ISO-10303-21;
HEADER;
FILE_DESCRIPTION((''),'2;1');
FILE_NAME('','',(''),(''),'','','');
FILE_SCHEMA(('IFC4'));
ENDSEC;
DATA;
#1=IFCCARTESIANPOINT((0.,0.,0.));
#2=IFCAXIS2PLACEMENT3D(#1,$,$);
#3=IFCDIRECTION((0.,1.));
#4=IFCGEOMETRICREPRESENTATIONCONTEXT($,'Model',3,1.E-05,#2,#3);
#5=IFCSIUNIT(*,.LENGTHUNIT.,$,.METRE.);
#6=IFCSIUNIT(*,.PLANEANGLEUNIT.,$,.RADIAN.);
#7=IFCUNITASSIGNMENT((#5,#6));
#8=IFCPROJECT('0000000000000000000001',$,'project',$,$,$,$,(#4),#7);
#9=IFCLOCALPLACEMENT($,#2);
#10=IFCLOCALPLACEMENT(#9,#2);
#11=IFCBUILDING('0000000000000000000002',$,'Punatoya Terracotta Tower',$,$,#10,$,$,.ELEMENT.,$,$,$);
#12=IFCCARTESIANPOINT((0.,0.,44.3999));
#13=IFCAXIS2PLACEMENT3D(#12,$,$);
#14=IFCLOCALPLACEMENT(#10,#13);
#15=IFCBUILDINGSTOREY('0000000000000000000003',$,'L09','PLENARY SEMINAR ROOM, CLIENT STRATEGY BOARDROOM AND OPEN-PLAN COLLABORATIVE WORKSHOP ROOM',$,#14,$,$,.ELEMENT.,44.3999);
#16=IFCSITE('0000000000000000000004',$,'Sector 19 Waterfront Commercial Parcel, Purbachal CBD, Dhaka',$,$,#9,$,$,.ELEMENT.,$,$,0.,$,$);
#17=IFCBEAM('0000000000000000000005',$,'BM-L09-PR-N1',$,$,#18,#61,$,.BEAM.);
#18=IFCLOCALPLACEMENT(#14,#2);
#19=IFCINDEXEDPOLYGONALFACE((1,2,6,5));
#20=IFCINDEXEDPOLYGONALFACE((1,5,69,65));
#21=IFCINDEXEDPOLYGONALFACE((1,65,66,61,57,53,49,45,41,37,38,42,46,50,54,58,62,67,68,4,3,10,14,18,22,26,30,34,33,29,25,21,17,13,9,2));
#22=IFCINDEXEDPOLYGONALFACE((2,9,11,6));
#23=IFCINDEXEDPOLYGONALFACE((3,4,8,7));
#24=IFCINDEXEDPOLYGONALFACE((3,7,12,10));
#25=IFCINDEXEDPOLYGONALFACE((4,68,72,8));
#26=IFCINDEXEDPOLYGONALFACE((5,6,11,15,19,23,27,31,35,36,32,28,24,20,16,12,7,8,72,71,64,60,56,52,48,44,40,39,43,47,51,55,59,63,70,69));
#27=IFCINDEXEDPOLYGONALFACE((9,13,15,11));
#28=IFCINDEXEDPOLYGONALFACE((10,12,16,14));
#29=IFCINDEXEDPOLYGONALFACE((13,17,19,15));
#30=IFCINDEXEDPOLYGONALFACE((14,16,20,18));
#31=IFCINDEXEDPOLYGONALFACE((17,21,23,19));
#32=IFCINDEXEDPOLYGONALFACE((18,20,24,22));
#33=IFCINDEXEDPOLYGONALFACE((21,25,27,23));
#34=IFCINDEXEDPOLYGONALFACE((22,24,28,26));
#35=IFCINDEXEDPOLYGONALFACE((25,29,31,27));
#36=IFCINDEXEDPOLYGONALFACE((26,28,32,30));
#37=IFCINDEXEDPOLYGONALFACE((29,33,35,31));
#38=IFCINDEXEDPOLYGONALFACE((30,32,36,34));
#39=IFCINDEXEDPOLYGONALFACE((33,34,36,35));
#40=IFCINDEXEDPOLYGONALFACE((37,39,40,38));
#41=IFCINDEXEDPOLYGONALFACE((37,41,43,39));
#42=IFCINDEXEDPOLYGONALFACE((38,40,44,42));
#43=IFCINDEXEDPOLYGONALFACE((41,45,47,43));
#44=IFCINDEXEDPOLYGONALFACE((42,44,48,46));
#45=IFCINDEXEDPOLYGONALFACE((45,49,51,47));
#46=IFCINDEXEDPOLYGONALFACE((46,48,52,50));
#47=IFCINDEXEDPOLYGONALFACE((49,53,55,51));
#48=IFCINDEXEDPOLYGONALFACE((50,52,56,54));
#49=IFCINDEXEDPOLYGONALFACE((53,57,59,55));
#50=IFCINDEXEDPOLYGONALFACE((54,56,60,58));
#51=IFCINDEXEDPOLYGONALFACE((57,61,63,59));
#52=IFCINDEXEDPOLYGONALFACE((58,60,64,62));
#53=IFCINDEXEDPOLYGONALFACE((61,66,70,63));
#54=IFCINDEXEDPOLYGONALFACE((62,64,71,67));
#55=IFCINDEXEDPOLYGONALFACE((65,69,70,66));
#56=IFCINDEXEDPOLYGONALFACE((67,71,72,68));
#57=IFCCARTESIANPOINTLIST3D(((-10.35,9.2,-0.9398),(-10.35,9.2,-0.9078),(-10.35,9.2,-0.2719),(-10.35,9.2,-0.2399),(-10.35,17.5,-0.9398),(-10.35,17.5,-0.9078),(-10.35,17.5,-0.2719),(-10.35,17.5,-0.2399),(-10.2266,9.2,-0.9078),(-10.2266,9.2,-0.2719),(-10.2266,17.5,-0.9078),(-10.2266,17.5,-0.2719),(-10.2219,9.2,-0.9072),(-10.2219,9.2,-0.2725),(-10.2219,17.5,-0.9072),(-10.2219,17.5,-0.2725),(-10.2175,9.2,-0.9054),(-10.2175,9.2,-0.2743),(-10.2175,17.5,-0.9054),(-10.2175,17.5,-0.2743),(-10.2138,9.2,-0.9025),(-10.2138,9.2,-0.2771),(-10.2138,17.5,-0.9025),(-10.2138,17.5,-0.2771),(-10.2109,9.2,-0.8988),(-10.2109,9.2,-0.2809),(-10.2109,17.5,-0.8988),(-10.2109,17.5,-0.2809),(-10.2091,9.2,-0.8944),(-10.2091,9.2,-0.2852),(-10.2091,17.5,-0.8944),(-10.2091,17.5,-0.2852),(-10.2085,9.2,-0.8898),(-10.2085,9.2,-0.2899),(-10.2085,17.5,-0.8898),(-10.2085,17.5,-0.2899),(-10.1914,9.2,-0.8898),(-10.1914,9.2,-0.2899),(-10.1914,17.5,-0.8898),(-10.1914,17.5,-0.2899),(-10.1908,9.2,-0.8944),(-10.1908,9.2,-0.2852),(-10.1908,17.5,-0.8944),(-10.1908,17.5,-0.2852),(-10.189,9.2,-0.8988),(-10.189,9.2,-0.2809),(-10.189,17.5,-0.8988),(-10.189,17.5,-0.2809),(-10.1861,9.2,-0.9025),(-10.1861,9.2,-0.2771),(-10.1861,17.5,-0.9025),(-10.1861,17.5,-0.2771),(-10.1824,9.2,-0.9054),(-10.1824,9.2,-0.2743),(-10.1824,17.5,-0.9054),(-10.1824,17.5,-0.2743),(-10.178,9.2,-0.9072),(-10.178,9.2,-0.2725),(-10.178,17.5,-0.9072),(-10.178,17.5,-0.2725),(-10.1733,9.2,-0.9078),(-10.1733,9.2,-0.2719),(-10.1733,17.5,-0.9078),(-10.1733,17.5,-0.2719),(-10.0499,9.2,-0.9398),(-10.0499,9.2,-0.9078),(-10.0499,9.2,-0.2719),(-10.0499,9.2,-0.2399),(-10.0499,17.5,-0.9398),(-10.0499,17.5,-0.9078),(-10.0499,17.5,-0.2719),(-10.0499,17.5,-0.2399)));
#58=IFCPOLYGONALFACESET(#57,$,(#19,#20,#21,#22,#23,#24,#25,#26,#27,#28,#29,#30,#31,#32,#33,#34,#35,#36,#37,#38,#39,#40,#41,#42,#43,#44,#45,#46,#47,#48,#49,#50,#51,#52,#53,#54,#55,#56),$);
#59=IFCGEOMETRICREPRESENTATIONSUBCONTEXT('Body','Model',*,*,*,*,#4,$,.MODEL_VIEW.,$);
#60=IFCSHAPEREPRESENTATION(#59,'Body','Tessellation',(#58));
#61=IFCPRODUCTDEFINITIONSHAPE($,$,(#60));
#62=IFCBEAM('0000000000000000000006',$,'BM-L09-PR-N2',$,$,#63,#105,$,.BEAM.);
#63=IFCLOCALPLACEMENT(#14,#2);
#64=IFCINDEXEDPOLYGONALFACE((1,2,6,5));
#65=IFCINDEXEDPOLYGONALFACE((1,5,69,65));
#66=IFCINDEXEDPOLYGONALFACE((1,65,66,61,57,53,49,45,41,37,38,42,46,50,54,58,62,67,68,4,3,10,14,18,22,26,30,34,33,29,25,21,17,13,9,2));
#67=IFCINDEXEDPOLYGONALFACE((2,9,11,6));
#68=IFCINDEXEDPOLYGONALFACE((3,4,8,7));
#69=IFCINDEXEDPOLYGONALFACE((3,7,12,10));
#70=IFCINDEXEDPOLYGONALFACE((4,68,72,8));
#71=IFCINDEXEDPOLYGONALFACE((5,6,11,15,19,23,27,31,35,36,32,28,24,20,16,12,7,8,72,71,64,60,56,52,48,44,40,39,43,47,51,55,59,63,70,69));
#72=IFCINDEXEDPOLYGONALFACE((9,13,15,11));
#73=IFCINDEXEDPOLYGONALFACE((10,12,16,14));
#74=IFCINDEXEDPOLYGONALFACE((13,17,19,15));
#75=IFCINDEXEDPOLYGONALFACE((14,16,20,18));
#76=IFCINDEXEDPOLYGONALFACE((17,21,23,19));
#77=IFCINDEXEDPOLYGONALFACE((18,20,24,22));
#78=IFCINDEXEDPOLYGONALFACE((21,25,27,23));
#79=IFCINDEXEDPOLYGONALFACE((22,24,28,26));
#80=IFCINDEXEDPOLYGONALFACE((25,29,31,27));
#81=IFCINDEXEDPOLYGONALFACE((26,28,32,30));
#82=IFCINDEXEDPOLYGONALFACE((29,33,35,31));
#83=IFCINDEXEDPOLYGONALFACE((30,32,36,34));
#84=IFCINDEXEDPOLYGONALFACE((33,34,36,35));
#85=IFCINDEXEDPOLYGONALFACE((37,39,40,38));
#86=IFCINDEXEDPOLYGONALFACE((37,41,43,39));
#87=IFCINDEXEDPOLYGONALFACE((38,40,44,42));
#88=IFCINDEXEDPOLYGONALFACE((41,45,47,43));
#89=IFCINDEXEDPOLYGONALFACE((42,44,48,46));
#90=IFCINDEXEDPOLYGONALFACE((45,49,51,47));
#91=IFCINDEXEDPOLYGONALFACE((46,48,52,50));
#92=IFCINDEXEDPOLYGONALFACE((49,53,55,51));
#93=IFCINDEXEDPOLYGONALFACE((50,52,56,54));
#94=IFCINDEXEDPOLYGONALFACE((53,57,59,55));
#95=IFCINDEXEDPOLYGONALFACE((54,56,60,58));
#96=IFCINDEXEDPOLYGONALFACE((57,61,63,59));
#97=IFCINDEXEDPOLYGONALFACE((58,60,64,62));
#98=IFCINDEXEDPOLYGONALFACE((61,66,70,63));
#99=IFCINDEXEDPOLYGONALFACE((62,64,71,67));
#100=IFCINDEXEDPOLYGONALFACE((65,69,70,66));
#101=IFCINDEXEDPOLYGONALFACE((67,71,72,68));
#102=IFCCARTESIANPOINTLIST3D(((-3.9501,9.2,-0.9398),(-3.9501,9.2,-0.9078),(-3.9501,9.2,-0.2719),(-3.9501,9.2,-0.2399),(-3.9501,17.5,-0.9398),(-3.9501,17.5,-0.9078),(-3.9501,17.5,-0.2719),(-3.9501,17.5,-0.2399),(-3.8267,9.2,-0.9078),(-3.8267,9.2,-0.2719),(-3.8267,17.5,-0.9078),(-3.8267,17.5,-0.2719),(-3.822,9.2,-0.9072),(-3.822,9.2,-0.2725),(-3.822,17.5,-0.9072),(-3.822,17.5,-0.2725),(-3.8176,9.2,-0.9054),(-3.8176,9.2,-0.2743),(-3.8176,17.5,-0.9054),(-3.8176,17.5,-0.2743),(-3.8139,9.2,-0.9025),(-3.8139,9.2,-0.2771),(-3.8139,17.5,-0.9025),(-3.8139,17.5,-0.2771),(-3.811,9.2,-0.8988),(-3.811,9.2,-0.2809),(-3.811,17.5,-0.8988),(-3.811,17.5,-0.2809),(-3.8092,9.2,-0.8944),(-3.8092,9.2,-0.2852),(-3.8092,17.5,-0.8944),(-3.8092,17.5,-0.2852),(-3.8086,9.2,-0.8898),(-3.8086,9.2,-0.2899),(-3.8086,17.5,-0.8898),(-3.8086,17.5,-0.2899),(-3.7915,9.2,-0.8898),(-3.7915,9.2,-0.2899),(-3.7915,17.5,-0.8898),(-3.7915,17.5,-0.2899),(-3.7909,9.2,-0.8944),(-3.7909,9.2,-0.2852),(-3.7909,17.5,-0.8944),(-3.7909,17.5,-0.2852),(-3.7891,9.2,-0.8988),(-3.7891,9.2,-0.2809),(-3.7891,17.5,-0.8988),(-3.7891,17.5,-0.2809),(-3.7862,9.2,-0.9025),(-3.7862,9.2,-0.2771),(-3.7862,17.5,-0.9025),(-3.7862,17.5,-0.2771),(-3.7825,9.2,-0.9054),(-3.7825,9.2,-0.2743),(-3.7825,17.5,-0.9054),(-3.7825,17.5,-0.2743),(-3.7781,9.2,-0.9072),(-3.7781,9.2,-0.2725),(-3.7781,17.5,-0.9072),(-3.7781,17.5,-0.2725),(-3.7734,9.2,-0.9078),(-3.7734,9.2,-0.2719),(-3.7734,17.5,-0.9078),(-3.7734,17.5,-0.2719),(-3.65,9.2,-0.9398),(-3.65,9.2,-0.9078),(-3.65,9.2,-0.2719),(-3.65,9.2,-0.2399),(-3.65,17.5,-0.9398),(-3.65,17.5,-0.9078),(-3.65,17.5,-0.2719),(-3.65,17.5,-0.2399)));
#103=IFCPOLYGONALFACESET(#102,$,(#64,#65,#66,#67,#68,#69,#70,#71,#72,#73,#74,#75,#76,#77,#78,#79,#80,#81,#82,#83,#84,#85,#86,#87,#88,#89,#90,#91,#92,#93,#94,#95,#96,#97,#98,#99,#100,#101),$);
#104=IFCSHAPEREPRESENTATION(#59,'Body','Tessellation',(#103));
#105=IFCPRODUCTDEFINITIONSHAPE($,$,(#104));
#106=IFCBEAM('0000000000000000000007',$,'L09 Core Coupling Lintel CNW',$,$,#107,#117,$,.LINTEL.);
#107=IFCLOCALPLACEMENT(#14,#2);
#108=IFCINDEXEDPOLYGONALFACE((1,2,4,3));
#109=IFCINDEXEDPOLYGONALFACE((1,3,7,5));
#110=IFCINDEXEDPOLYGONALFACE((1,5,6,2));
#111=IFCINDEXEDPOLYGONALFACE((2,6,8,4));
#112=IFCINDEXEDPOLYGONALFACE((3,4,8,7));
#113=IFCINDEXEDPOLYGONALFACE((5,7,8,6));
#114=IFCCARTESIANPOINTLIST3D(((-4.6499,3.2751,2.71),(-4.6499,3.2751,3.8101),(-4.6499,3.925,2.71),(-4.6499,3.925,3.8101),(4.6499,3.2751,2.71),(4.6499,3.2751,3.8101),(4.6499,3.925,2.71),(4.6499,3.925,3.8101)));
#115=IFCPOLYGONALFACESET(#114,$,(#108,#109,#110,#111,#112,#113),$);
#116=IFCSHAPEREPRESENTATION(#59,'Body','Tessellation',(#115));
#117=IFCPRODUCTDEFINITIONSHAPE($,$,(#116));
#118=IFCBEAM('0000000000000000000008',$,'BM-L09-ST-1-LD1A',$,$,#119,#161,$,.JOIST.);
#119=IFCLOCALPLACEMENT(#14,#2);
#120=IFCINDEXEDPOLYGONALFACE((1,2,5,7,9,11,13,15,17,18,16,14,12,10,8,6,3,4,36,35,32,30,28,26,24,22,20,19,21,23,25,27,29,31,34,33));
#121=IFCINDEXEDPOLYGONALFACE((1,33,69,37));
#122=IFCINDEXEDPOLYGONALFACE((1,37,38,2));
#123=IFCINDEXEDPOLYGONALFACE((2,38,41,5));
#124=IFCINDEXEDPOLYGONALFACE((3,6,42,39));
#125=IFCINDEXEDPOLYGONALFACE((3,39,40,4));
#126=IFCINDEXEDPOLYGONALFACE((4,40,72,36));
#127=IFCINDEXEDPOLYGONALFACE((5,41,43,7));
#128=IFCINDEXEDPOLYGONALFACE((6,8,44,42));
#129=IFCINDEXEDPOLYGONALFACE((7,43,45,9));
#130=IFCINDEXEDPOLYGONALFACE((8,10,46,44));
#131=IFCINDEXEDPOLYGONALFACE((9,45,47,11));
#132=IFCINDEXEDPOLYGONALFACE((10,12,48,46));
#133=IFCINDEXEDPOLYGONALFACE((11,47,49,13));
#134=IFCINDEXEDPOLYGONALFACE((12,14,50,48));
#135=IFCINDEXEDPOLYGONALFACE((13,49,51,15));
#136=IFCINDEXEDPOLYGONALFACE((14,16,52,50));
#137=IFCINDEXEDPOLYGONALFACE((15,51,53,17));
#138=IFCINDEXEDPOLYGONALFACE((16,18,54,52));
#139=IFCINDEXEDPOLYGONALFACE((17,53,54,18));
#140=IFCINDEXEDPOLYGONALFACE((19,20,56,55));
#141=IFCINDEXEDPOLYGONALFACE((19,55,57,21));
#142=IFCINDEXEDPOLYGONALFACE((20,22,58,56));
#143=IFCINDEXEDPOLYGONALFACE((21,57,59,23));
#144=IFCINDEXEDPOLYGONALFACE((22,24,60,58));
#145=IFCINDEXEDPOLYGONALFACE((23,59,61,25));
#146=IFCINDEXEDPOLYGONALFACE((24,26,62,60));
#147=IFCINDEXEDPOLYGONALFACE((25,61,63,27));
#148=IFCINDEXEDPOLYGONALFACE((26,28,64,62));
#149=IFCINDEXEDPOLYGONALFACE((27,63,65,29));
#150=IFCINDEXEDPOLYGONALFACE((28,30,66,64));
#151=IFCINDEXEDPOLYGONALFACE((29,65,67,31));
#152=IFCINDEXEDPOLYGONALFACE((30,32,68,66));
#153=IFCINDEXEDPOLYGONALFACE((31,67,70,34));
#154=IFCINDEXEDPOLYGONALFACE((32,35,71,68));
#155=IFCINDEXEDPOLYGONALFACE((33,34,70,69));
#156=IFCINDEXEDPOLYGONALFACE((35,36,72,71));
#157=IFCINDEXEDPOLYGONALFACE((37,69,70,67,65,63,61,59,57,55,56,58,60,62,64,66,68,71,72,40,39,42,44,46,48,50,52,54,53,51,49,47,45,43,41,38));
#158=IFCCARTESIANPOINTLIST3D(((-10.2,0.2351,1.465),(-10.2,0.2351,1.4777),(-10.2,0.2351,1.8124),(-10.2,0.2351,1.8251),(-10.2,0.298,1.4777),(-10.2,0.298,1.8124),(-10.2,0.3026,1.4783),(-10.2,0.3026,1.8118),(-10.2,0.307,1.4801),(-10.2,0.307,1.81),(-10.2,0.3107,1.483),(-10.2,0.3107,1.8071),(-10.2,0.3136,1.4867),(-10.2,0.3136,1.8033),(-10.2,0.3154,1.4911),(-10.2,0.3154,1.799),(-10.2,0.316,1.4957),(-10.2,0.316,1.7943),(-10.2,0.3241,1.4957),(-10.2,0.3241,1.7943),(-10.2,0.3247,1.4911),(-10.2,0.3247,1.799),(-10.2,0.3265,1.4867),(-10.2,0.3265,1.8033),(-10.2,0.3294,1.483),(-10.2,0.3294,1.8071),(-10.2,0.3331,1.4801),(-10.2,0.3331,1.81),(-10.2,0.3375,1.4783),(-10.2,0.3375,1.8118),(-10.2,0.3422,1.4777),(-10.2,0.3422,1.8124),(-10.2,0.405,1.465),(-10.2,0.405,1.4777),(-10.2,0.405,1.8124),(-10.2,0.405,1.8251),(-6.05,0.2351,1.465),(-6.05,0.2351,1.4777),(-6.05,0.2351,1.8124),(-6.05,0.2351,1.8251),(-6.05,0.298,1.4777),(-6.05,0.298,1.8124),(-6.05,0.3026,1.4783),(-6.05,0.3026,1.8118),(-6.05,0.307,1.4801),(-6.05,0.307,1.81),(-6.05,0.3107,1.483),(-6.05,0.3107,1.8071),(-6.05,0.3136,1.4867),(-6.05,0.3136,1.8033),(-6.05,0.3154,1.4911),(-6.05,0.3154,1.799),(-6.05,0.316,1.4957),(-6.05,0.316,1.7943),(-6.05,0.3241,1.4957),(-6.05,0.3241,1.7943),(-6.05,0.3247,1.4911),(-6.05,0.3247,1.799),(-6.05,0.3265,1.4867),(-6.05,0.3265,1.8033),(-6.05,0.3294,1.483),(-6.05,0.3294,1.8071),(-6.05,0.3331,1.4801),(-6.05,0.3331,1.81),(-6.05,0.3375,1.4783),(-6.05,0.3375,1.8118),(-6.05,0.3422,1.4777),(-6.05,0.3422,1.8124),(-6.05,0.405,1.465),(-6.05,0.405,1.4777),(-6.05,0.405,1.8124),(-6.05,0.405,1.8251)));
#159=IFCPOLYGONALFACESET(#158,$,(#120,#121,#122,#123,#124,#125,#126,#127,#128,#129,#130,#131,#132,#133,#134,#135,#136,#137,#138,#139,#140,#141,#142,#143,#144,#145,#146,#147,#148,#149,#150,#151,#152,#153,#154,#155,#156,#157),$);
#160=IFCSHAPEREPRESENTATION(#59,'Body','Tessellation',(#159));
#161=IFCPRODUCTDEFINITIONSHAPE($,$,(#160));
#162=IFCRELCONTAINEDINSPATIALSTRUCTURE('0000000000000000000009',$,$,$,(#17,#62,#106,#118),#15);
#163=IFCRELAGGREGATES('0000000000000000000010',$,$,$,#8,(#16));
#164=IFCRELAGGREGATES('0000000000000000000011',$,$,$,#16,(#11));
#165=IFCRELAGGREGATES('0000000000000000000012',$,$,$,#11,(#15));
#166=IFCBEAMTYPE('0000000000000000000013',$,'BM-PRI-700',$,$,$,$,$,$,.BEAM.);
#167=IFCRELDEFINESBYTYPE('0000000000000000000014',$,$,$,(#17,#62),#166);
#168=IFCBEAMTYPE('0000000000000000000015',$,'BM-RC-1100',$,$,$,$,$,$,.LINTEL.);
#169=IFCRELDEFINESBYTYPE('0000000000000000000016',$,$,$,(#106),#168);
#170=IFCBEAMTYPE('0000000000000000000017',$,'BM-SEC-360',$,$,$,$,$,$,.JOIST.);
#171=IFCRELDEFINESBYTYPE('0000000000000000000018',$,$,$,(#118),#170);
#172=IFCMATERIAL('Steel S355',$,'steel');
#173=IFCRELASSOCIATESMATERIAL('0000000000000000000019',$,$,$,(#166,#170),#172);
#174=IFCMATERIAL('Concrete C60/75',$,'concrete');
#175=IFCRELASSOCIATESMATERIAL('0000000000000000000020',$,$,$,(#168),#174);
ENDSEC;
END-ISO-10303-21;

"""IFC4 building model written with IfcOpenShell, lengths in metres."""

from ifc_helpers import new_model, si_unit, direction, frame, origin, origin_2d, place, context, subcontext, project, spatial, rectangle, i_section, extrude, material, material_profile, profile_set, type_object, element, save


model = new_model("IFC4")

# Units and contexts
model_context = context("Model", 3, precision=1e-05, world=origin(), true_north=direction((0.0, 1.0)))
body_context = subcontext(model_context, "Body", "Model", "MODEL_VIEW")
ifc_project = project(units=[si_unit("LENGTHUNIT", "METRE"), si_unit("PLANEANGLEUNIT", "RADIAN")], contexts=[model_context])

# Site, building, storey
site_placement = place(None, origin())
site = spatial("IfcSite", under=ifc_project, at=site_placement, Name="Sector 19 Waterfront Commercial Parcel, Purbachal CBD, Dhaka", CompositionType="ELEMENT", RefElevation=0.0)
building_placement = place(site_placement, origin())
building = spatial("IfcBuilding", under=site, at=building_placement, Name="Punatoya Terracotta Tower", CompositionType="ELEMENT")
storey_placement = place(building_placement, frame((0.0, 0.0, 44.3999)))
storey = spatial("IfcBuildingStorey", under=building, at=storey_placement, Name="L09", Description="PLENARY SEMINAR ROOM, CLIENT STRATEGY BOARDROOM AND OPEN-PLAN COLLABORATIVE WORKSHOP ROOM", CompositionType="ELEMENT", Elevation=44.3999)

# Beams
ifc_material_1 = material(Name="Steel S355", Category="steel")
ifc_material_profile_1 = material_profile(ifc_material_1, i_section(OverallWidth=0.3, OverallDepth=0.7, WebThickness=0.0171, FlangeThickness=0.032, FilletRadius=0.0181, at=origin_2d()))
ifc_profile_set_1 = profile_set([ifc_material_profile_1], Name="Steel S355")
beam_type_1 = type_object("IfcBeamType", Name="BM-PRI-700", PredefinedType="BEAM", material=ifc_profile_set_1)
for number, where, z_axis, x_axis, name in (
    (1, (-10.2, 9.2, -0.5898), (0.0, 1.0, 0.0), (-1.0, 0.0, 0.0), "BM-L09-PR-N1"),
    (2, (-3.8, 9.2, -0.5898), (0.0, 1.0, 0.0), (-1.0, 0.0, 0.0), "BM-L09-PR-N2"),
):
    element("IfcBeam", number, at=place(storey_placement, frame(where, z_axis=z_axis, x_axis=x_axis)), inside=storey, type_object=beam_type_1, Name=name, PredefinedType="BEAM", context=body_context, shape_type="SweptSolid", body=[
        extrude(i_section(OverallWidth=0.3, OverallDepth=0.7, WebThickness=0.0171, FlangeThickness=0.032, FilletRadius=0.0181, at=origin_2d()), origin(), (0.0, 0.0, 1.0), 8.3),
    ])
ifc_material_2 = material(Name="Concrete C60/75", Category="concrete")
ifc_material_profile_2 = material_profile(ifc_material_2, rectangle(XDim=0.6499, YDim=1.1001, at=origin_2d()))
ifc_profile_set_2 = profile_set([ifc_material_profile_2], Name="Concrete C60/75")
beam_type_2 = type_object("IfcBeamType", Name="BM-RC-1100", PredefinedType="LINTEL", material=ifc_profile_set_2)
beam_1_placement = place(storey_placement, frame((-4.6499, 3.6001, 3.26), z_axis=(1.0, 0.0, 0.0), x_axis=(0.0, 1.0, 0.0)))
element("IfcBeam", 3, at=beam_1_placement, inside=storey, type_object=beam_type_2, Name="L09 Core Coupling Lintel CNW", PredefinedType="LINTEL", context=body_context, shape_type="SweptSolid", body=[
    extrude(rectangle(XDim=0.6499, YDim=1.1001, at=origin_2d()), origin(), (0.0, 0.0, 1.0), 9.2998),
])
ifc_material_profile_3 = material_profile(ifc_material_1, i_section(OverallWidth=0.1699, OverallDepth=0.3601, WebThickness=0.0081, FlangeThickness=0.0127, FilletRadius=0.0181, at=origin_2d()))
ifc_profile_set_3 = profile_set([ifc_material_profile_3], Name="Steel S355")
beam_type_3 = type_object("IfcBeamType", Name="BM-SEC-360", PredefinedType="JOIST", material=ifc_profile_set_3)
for number, where, z_axis, x_axis, name in (
    (4, (-10.2, 0.3201, 1.645), (1.0, 0.0, 0.0), (0.0, 1.0, 0.0), "BM-L09-ST-1-LD1A"),
):
    element("IfcBeam", number, at=place(storey_placement, frame(where, z_axis=z_axis, x_axis=x_axis)), inside=storey, type_object=beam_type_3, Name=name, PredefinedType="JOIST", context=body_context, shape_type="SweptSolid", body=[
        extrude(i_section(OverallWidth=0.1699, OverallDepth=0.3601, WebThickness=0.0081, FlangeThickness=0.0127, FilletRadius=0.0181, at=origin_2d()), origin(), (0.0, 0.0, 1.0), 4.1499),
    ])

save(model, "model.ifc")
